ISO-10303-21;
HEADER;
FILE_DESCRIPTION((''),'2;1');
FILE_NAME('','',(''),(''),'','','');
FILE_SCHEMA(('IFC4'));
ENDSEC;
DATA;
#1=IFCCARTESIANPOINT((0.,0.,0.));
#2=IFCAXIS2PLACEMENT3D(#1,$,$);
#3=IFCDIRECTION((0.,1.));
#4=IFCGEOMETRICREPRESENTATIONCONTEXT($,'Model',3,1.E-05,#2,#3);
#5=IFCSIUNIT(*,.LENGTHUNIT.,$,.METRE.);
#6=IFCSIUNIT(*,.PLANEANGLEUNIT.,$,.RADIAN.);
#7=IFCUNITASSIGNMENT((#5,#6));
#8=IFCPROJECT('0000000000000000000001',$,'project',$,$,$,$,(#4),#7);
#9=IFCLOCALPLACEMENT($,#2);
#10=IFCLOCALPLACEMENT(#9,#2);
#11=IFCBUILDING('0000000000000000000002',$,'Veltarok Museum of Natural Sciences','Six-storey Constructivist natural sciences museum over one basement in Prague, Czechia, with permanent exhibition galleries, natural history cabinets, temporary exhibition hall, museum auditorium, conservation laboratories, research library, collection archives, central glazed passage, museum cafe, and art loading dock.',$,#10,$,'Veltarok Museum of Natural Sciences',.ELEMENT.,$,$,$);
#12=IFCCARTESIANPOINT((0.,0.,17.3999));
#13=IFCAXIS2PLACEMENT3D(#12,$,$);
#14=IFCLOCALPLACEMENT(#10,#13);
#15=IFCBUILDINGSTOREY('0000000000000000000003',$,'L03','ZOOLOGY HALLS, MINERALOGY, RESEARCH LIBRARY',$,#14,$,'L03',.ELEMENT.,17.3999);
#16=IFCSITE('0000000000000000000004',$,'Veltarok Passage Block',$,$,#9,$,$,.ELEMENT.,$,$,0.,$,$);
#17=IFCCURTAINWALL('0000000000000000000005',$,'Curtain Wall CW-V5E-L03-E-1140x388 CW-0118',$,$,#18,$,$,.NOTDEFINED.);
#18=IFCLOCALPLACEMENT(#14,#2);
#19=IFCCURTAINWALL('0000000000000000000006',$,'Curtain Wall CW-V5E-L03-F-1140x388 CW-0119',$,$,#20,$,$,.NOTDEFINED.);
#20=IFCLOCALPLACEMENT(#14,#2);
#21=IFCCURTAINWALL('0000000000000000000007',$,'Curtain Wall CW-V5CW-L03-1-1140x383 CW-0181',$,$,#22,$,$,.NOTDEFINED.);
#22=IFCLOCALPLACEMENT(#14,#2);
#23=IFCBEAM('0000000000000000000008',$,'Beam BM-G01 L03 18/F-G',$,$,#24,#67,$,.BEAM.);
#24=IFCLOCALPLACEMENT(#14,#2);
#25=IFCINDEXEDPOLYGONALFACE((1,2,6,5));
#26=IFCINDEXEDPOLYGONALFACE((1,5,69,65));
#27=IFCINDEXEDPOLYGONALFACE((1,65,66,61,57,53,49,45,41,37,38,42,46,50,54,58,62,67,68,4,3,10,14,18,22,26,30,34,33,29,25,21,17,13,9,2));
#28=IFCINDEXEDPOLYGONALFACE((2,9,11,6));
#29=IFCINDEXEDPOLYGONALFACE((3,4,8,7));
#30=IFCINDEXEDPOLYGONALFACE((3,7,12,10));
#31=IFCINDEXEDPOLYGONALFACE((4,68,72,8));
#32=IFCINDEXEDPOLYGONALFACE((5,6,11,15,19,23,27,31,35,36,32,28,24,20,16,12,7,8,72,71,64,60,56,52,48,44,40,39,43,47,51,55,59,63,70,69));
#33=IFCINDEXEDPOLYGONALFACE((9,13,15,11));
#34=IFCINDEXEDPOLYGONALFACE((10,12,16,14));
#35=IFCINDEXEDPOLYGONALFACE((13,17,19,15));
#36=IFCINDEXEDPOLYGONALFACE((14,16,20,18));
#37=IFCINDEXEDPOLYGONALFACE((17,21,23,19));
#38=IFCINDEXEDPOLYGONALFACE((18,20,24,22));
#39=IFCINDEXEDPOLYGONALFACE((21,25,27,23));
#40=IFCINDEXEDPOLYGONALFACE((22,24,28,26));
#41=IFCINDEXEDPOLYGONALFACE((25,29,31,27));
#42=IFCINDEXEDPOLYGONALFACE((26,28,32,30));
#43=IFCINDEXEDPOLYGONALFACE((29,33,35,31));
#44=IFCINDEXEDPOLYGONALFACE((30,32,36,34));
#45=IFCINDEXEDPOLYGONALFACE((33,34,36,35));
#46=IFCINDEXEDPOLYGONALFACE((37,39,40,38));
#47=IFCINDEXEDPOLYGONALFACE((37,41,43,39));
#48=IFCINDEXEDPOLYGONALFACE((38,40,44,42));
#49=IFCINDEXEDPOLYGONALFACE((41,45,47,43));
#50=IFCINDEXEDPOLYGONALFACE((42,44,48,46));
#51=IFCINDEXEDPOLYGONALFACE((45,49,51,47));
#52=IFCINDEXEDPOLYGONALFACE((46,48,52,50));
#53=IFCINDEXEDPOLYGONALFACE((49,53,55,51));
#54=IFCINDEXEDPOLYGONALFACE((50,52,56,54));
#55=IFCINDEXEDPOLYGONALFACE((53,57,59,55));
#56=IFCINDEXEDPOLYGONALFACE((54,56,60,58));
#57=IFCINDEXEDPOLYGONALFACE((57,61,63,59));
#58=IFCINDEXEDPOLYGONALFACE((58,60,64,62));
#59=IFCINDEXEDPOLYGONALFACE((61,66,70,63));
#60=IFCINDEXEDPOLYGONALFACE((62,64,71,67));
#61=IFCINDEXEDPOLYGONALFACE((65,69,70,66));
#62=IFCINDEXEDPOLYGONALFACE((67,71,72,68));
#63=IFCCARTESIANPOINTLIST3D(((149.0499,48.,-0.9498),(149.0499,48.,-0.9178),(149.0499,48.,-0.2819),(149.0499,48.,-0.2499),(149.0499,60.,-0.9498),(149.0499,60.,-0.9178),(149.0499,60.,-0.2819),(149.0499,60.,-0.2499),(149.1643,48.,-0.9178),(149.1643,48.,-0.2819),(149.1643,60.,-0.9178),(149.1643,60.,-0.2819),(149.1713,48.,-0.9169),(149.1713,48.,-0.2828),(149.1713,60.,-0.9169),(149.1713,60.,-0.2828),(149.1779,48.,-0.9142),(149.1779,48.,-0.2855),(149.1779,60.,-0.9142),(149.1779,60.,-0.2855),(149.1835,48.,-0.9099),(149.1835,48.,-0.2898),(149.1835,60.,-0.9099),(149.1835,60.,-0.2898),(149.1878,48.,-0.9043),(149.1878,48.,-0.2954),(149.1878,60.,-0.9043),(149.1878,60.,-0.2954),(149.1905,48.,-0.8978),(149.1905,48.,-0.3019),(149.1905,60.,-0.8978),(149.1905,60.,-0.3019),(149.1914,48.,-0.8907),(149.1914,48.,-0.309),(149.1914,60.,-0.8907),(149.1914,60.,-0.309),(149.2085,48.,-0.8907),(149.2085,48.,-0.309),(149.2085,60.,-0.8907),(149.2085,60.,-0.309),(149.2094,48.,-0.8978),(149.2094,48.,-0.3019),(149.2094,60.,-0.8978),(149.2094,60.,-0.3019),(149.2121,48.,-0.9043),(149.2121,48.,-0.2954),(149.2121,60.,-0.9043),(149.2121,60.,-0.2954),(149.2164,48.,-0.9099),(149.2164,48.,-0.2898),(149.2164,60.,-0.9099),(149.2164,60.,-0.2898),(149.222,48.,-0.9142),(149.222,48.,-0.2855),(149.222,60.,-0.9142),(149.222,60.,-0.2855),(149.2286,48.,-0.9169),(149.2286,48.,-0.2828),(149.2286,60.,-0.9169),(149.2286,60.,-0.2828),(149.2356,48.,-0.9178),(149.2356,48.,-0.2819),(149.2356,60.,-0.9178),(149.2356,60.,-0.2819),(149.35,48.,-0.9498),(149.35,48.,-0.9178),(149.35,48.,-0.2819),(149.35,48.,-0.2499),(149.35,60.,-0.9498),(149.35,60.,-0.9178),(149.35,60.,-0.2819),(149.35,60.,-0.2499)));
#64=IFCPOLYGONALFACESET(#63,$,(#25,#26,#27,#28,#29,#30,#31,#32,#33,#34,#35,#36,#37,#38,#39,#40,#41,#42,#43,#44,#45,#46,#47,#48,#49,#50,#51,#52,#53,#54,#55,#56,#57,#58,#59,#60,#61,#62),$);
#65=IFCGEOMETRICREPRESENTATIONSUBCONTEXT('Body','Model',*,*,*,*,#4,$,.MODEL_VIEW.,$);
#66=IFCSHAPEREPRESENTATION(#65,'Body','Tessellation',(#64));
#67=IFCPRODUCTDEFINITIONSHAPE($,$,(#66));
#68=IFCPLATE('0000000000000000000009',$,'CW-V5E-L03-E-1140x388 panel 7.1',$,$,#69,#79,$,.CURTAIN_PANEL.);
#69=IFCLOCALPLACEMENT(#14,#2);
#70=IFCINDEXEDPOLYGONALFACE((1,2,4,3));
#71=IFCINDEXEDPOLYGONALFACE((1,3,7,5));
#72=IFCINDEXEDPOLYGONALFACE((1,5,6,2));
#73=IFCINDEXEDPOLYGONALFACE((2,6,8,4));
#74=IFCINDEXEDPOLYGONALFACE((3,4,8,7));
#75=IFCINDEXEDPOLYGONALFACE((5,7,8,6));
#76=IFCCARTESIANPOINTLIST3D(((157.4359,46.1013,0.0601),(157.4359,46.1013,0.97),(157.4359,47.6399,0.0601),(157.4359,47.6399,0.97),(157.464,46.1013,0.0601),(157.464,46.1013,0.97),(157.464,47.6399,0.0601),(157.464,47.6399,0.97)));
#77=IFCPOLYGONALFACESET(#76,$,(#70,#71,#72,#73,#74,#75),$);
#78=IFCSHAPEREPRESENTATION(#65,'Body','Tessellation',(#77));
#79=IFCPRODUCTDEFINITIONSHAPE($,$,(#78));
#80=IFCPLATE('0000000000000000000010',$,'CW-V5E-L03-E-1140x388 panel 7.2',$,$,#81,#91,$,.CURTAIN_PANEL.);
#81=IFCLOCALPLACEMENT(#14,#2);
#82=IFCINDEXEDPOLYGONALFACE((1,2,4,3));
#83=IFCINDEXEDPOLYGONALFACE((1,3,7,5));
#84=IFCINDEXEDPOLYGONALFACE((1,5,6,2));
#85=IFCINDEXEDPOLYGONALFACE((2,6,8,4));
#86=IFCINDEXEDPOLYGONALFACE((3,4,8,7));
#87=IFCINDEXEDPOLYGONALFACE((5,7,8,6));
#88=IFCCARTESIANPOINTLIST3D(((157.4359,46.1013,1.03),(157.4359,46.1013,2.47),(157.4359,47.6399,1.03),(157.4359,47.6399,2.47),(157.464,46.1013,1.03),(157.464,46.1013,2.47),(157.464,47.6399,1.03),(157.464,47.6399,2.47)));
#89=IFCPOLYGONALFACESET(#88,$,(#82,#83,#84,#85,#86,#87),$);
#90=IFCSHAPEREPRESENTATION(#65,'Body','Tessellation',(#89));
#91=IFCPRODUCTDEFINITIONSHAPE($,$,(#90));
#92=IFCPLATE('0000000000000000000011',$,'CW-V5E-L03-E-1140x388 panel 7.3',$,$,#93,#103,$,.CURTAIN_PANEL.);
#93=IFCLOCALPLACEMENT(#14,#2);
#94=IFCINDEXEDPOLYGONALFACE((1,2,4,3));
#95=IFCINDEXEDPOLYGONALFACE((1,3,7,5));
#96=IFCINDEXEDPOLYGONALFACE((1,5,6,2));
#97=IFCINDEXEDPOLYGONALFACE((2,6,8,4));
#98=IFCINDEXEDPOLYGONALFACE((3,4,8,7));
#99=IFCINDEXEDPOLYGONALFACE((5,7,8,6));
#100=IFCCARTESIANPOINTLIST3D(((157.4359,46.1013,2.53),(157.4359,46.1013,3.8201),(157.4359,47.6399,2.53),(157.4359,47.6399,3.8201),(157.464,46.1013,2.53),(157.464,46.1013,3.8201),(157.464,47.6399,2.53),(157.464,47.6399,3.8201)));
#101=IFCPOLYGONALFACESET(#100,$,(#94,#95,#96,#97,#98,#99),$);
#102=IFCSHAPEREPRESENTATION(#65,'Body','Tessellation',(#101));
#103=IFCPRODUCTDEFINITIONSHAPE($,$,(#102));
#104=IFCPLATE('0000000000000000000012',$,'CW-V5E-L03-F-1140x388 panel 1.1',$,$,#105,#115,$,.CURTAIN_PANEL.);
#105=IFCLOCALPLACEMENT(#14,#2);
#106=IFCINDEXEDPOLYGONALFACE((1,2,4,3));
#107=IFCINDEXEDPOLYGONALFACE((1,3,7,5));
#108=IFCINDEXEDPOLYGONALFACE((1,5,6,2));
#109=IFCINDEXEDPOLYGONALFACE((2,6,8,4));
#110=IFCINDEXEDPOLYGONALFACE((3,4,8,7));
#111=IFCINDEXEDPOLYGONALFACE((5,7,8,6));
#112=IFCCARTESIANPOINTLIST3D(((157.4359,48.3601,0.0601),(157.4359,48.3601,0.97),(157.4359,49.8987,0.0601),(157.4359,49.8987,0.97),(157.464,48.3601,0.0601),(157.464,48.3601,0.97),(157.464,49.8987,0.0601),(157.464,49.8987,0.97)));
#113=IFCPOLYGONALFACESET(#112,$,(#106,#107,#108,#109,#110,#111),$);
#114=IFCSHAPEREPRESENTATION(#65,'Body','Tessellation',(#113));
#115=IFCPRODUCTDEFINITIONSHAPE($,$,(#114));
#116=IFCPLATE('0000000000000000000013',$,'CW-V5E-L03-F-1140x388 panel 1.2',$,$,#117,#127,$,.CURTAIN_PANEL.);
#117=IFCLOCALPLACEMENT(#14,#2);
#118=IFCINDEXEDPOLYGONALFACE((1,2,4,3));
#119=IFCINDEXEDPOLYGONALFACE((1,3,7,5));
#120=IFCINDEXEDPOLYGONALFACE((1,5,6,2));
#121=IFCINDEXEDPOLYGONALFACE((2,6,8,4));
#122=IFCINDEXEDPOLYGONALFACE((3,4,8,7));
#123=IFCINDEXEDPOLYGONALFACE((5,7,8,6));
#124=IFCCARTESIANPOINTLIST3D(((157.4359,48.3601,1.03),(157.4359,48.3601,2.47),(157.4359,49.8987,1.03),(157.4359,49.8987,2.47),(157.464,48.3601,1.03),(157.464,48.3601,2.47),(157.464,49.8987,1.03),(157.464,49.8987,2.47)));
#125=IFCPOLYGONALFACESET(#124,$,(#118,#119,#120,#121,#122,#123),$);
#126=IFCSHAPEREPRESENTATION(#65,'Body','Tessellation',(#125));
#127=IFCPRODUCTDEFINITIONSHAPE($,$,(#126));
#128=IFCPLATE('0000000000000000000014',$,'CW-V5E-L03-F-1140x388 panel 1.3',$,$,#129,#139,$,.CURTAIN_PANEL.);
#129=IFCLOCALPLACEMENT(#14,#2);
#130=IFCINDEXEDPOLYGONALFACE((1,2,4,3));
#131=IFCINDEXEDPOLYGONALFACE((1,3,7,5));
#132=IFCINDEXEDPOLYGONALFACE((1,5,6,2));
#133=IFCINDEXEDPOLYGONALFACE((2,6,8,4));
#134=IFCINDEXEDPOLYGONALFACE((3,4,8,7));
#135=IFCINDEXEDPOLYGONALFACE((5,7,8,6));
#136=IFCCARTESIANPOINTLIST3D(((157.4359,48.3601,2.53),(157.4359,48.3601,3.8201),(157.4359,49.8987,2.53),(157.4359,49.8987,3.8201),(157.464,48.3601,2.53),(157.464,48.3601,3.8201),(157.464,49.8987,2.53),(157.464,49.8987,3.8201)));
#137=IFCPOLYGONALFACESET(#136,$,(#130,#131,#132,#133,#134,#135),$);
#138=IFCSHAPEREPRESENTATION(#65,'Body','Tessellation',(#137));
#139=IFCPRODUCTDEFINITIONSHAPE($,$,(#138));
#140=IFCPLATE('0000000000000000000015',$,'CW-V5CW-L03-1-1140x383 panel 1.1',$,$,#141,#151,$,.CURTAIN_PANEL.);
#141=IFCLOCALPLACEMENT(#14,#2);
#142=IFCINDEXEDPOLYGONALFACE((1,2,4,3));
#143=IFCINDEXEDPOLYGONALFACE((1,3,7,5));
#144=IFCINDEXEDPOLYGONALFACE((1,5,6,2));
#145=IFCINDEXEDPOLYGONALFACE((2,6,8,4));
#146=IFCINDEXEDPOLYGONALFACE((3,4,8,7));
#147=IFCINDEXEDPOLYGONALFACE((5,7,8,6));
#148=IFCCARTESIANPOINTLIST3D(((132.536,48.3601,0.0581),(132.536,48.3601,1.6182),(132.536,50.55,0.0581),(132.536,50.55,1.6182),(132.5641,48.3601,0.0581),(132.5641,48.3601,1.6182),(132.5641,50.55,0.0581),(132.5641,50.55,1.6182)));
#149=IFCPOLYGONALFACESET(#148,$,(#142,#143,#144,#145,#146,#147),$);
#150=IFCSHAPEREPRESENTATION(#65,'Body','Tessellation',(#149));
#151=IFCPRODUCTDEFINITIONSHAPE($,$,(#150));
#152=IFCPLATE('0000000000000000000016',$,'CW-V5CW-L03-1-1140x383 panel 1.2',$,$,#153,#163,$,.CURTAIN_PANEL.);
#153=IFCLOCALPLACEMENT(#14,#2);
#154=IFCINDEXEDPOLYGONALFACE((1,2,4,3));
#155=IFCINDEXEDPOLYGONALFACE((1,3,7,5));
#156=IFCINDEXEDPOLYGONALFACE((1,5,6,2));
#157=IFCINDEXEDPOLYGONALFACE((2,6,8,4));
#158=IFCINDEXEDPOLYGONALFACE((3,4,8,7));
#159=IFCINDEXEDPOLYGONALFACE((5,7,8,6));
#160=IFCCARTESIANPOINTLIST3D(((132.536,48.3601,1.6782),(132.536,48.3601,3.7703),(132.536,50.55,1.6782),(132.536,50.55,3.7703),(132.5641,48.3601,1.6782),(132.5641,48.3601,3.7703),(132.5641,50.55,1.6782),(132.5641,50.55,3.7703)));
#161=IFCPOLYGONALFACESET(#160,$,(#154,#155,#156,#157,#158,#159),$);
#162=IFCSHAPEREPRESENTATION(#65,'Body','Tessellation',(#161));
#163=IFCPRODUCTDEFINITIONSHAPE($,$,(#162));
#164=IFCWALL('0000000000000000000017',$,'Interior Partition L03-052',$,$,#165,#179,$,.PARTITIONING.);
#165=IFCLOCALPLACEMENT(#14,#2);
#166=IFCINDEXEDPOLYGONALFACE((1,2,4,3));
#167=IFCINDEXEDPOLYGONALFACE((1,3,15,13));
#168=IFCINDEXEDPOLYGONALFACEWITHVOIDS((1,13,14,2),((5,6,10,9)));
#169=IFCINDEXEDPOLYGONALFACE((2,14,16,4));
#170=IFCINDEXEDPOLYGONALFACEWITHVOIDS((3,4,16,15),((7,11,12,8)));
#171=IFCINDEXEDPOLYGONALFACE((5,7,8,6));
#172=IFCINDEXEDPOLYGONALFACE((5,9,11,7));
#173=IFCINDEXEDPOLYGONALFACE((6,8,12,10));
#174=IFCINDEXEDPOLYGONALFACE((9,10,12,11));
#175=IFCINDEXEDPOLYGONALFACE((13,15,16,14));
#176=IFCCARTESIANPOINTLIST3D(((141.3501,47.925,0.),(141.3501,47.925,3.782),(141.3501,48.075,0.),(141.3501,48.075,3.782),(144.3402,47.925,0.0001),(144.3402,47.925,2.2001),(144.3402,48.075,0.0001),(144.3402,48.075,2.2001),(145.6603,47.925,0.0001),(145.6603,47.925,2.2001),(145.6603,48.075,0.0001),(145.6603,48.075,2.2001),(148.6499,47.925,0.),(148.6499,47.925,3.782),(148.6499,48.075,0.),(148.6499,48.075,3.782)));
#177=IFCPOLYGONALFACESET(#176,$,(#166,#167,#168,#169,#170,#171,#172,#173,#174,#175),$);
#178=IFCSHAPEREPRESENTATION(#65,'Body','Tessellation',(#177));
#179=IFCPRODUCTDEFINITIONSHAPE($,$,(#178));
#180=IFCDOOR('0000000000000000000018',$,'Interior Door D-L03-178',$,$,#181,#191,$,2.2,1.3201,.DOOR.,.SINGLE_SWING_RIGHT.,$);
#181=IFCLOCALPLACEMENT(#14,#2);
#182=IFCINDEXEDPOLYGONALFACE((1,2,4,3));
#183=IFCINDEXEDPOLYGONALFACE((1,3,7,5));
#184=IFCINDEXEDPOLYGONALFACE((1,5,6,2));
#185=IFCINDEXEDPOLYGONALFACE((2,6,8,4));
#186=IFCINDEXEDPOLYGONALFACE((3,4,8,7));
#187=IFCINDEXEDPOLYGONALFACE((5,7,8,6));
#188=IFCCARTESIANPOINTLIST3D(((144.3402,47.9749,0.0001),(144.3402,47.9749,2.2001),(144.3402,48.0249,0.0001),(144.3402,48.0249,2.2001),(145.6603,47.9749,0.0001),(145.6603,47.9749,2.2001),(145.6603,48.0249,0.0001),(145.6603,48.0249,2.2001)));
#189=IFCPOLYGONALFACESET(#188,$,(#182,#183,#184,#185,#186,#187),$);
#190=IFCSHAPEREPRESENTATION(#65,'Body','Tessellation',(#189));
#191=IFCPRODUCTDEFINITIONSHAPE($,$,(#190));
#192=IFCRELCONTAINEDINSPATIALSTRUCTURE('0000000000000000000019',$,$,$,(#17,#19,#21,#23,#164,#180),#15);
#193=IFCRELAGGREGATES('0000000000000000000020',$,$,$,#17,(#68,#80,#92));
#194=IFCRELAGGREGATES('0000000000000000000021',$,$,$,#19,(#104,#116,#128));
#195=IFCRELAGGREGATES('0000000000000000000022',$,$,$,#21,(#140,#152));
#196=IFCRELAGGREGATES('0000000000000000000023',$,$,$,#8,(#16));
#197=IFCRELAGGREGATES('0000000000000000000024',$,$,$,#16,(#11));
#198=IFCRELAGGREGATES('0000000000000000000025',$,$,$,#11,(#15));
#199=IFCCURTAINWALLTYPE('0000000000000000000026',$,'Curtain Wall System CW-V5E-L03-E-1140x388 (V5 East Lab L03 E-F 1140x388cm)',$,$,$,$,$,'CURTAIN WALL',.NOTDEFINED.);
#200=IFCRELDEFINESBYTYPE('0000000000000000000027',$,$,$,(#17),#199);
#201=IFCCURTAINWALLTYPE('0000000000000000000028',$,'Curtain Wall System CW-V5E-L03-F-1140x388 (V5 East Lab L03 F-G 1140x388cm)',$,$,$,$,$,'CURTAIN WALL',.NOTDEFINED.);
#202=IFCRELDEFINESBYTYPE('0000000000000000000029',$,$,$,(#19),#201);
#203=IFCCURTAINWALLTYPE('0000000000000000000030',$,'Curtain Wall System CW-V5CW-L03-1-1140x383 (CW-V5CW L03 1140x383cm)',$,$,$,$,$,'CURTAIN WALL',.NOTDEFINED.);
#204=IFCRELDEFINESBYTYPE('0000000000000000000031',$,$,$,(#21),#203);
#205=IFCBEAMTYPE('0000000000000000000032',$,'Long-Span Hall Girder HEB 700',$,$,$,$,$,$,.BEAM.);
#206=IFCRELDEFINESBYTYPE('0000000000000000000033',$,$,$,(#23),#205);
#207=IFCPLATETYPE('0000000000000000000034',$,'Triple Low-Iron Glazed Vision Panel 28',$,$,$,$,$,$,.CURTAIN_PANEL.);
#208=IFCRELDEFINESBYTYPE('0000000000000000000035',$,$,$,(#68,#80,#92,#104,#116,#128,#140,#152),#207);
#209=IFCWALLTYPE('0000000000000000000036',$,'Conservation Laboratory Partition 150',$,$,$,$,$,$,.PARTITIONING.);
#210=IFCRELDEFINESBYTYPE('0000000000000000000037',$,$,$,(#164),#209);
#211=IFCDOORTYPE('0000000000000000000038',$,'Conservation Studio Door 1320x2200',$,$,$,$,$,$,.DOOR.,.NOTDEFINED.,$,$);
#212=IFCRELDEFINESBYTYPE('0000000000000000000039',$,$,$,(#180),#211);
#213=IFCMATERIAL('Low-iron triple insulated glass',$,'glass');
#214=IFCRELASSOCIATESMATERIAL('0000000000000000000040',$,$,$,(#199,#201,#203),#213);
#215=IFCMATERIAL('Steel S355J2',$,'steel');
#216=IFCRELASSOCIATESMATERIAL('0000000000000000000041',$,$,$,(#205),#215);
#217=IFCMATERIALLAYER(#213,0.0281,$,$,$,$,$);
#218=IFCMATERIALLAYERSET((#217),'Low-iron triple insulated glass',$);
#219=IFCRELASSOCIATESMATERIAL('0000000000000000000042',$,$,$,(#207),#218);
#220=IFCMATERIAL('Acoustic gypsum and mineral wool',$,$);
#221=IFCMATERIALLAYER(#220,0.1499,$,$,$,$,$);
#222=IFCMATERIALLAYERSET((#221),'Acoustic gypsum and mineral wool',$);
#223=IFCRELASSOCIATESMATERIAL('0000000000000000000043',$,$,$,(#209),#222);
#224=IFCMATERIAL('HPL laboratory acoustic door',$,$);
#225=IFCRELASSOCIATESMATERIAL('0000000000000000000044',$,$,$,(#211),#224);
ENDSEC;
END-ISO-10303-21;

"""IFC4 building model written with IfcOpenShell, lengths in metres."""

from ifc_helpers import new_model, si_unit, direction, frame, frame_2d, origin, origin_2d, place, context, subcontext, project, spatial, rectangle, i_section, extrude, material, layer, layer_set, material_profile, profile_set, type_object, element, fill, aggregate, save


model = new_model("IFC4")

# Units and contexts
model_context = context("Model", 3, precision=1e-05, world=origin(), true_north=direction((0.0, 1.0)))
body_context = subcontext(model_context, "Body", "Model", "MODEL_VIEW")
ifc_project = project(units=[si_unit("LENGTHUNIT", "METRE"), si_unit("PLANEANGLEUNIT", "RADIAN")], contexts=[model_context])

# Site, building, storey
site_placement = place(None, origin())
site = spatial("IfcSite", under=ifc_project, at=site_placement, Name="Veltarok Passage Block", CompositionType="ELEMENT", RefElevation=0.0)
building_placement = place(site_placement, origin())
building = spatial("IfcBuilding", under=site, at=building_placement, Name="Veltarok Museum of Natural Sciences", Description="Six-storey Constructivist natural sciences museum over one basement in Prague, Czechia, with permanent exhibition galleries, natural history cabinets, temporary exhibition hall, museum auditorium, conservation laboratories, research library, collection archives, central glazed passage, museum cafe, and art loading dock.", LongName="Veltarok Museum of Natural Sciences", CompositionType="ELEMENT")
storey_placement = place(building_placement, frame((0.0, 0.0, 17.3999)))
storey = spatial("IfcBuildingStorey", under=building, at=storey_placement, Name="L03", Description="ZOOLOGY HALLS, MINERALOGY, RESEARCH LIBRARY", LongName="L03", CompositionType="ELEMENT", Elevation=17.3999)

# Curtain wall
ifc_material_1 = material(Name="Low-iron triple insulated glass", Category="glass")
curtain_wall_type_1 = type_object("IfcCurtainWallType", Name="Curtain Wall System CW-V5E-L03-E-1140x388 (V5 East Lab L03 E-F 1140x388cm)", ElementType="CURTAIN WALL", PredefinedType="NOTDEFINED", material=ifc_material_1)
curtain_wall_1_placement = place(storey_placement, origin())
curtain_wall_1 = element("IfcCurtainWall", 1, at=curtain_wall_1_placement, inside=storey, type_object=curtain_wall_type_1, Name="Curtain Wall CW-V5E-L03-E-1140x388 CW-0118", PredefinedType="NOTDEFINED")

# Curtain walls
curtain_wall_type_2 = type_object("IfcCurtainWallType", Name="Curtain Wall System CW-V5E-L03-F-1140x388 (V5 East Lab L03 F-G 1140x388cm)", ElementType="CURTAIN WALL", PredefinedType="NOTDEFINED", material=ifc_material_1)
curtain_wall_2_placement = place(storey_placement, origin())
curtain_wall_2 = element("IfcCurtainWall", 2, at=curtain_wall_2_placement, inside=storey, type_object=curtain_wall_type_2, Name="Curtain Wall CW-V5E-L03-F-1140x388 CW-0119", PredefinedType="NOTDEFINED")
curtain_wall_type_3 = type_object("IfcCurtainWallType", Name="Curtain Wall System CW-V5CW-L03-1-1140x383 (CW-V5CW L03 1140x383cm)", ElementType="CURTAIN WALL", PredefinedType="NOTDEFINED", material=ifc_material_1)
curtain_wall_3_placement = place(storey_placement, origin())
curtain_wall_3 = element("IfcCurtainWall", 3, at=curtain_wall_3_placement, inside=storey, type_object=curtain_wall_type_3, Name="Curtain Wall CW-V5CW-L03-1-1140x383 CW-0181", PredefinedType="NOTDEFINED")

# Beam
ifc_material_2 = material(Name="Steel S355J2", Category="steel")
ifc_material_profile_1 = material_profile(ifc_material_2, i_section(OverallWidth=0.3, OverallDepth=0.7, WebThickness=0.0171, FlangeThickness=0.032, FilletRadius=0.0271, at=origin_2d()), Name="HEB 700")
ifc_profile_set_1 = profile_set([ifc_material_profile_1], Name="Steel S355J2")
beam_type_1 = type_object("IfcBeamType", Name="Long-Span Hall Girder HEB 700", PredefinedType="BEAM", material=ifc_profile_set_1)
for number, where, z_axis, x_axis, name in (
    (4, (149.2, 48.0, -0.5999), (0.0, 1.0, 0.0), (-1.0, 0.0, 0.0), "Beam BM-G01 L03 18/F-G"),
):
    element("IfcBeam", number, at=place(storey_placement, frame(where, z_axis=z_axis, x_axis=x_axis)), inside=storey, type_object=beam_type_1, Name=name, PredefinedType="BEAM", context=body_context, shape_type="SweptSolid", body=[
        extrude(i_section(OverallWidth=0.3, OverallDepth=0.7, WebThickness=0.0171, FlangeThickness=0.032, FilletRadius=0.0271, at=origin_2d()), origin(), (0.0, 0.0, 1.0), 12.0),
    ])

# Plates
ifc_layer_1 = layer(ifc_material_1, 0.0281)
ifc_layer_set_1 = layer_set([ifc_layer_1], Name="Low-iron triple insulated glass")
plate_type = type_object("IfcPlateType", Name="Triple Low-Iron Glazed Vision Panel 28", PredefinedType="CURTAIN_PANEL", material=ifc_layer_set_1)
plate_1_placement = place(storey_placement, frame((157.45, 46.8706, 0.0601), z_axis=(0.0, 0.0, 1.0), x_axis=(0.0, 1.0, 0.0)))
plate_1 = element("IfcPlate", 5, at=plate_1_placement, type_object=plate_type, Name="CW-V5E-L03-E-1140x388 panel 7.1", PredefinedType="CURTAIN_PANEL", context=body_context, shape_type="SweptSolid", body=[
    extrude(rectangle(XDim=1.5386, YDim=0.0281, at=origin_2d()), origin(), (0.0, 0.0, 1.0), 0.9099),
])
plate_2_placement = place(storey_placement, frame((157.45, 46.8706, 1.03), z_axis=(0.0, 0.0, 1.0), x_axis=(0.0, 1.0, 0.0)))
plate_2 = element("IfcPlate", 6, at=plate_2_placement, type_object=plate_type, Name="CW-V5E-L03-E-1140x388 panel 7.2", PredefinedType="CURTAIN_PANEL", context=body_context, shape_type="SweptSolid", body=[
    extrude(rectangle(XDim=1.5386, YDim=0.0281, at=origin_2d()), origin(), (0.0, 0.0, 1.0), 1.4399),
])
plate_3_placement = place(storey_placement, frame((157.45, 46.8706, 2.53), z_axis=(0.0, 0.0, 1.0), x_axis=(0.0, 1.0, 0.0)))
plate_3 = element("IfcPlate", 7, at=plate_3_placement, type_object=plate_type, Name="CW-V5E-L03-E-1140x388 panel 7.3", PredefinedType="CURTAIN_PANEL", context=body_context, shape_type="SweptSolid", body=[
    extrude(rectangle(XDim=1.5386, YDim=0.0281, at=origin_2d()), origin(), (0.0, 0.0, 1.0), 1.29),
])
aggregate(curtain_wall_1, [plate_1, plate_2, plate_3])
plate_4_placement = place(storey_placement, frame((157.45, 49.1294, 0.0601), z_axis=(0.0, 0.0, 1.0), x_axis=(0.0, 1.0, 0.0)))
plate_4 = element("IfcPlate", 8, at=plate_4_placement, type_object=plate_type, Name="CW-V5E-L03-F-1140x388 panel 1.1", PredefinedType="CURTAIN_PANEL", context=body_context, shape_type="SweptSolid", body=[
    extrude(rectangle(XDim=1.5386, YDim=0.0281, at=origin_2d()), origin(), (0.0, 0.0, 1.0), 0.9099),
])
plate_5_placement = place(storey_placement, frame((157.45, 49.1294, 1.03), z_axis=(0.0, 0.0, 1.0), x_axis=(0.0, 1.0, 0.0)))
plate_5 = element("IfcPlate", 9, at=plate_5_placement, type_object=plate_type, Name="CW-V5E-L03-F-1140x388 panel 1.2", PredefinedType="CURTAIN_PANEL", context=body_context, shape_type="SweptSolid", body=[
    extrude(rectangle(XDim=1.5386, YDim=0.0281, at=origin_2d()), origin(), (0.0, 0.0, 1.0), 1.4399),
])
plate_6_placement = place(storey_placement, frame((157.45, 49.1294, 2.53), z_axis=(0.0, 0.0, 1.0), x_axis=(0.0, 1.0, 0.0)))
plate_6 = element("IfcPlate", 10, at=plate_6_placement, type_object=plate_type, Name="CW-V5E-L03-F-1140x388 panel 1.3", PredefinedType="CURTAIN_PANEL", context=body_context, shape_type="SweptSolid", body=[
    extrude(rectangle(XDim=1.5386, YDim=0.0281, at=origin_2d()), origin(), (0.0, 0.0, 1.0), 1.29),
])
aggregate(curtain_wall_2, [plate_4, plate_5, plate_6])
plate_7_placement = place(storey_placement, frame((132.55, 49.4551, 0.0581), z_axis=(0.0, 0.0, 1.0), x_axis=(0.0, 1.0, 0.0)))
plate_7 = element("IfcPlate", 11, at=plate_7_placement, type_object=plate_type, Name="CW-V5CW-L03-1-1140x383 panel 1.1", PredefinedType="CURTAIN_PANEL", context=body_context, shape_type="SweptSolid", body=[
    extrude(rectangle(XDim=2.1899, YDim=0.0281, at=origin_2d()), origin(), (0.0, 0.0, 1.0), 1.5601),
])
plate_8_placement = place(storey_placement, frame((132.55, 49.4551, 1.6782), z_axis=(0.0, 0.0, 1.0), x_axis=(0.0, 1.0, 0.0)))
plate_8 = element("IfcPlate", 12, at=plate_8_placement, type_object=plate_type, Name="CW-V5CW-L03-1-1140x383 panel 1.2", PredefinedType="CURTAIN_PANEL", context=body_context, shape_type="SweptSolid", body=[
    extrude(rectangle(XDim=2.1899, YDim=0.0281, at=origin_2d()), origin(), (0.0, 0.0, 1.0), 2.092),
])
aggregate(curtain_wall_3, [plate_7, plate_8])

# Wall, opening, door
ifc_material_3 = material(Name="Acoustic gypsum and mineral wool")
ifc_layer_2 = layer(ifc_material_3, 0.1499)
ifc_layer_set_2 = layer_set([ifc_layer_2], Name="Acoustic gypsum and mineral wool")
wall_type = type_object("IfcWallType", Name="Conservation Laboratory Partition 150", PredefinedType="PARTITIONING", material=ifc_layer_set_2)
wall_placement = place(storey_placement, frame((141.3501, 48.0, 0.0), z_axis=(0.0, 0.0, 1.0), x_axis=(1.0, 0.0, 0.0)))
wall = element("IfcWall", 13, at=wall_placement, inside=storey, type_object=wall_type, Name="Interior Partition L03-052", PredefinedType="PARTITIONING", context=body_context, shape_type="SweptSolid", body=[
    extrude(rectangle(XDim=7.2998, YDim=0.1499, at=frame_2d((3.6499, 0.0))), origin(), (0.0, 0.0, 1.0), 3.782),
])
opening_placement = place(wall_placement, frame((2.99, 0.0, 0.0)))
opening = element("IfcOpeningElement", 14, at=opening_placement, cuts=wall, PredefinedType="OPENING", context=body_context, shape_type="SweptSolid", body=[
    extrude(rectangle(XDim=1.3201, YDim=2.2, at=frame_2d((0.6602, 1.1001))), frame((0.0, 0.085, 0.0), z_axis=(0.0, -1.0, 0.0), x_axis=(1.0, 0.0, 0.0)), (0.0, 0.0, 1.0), 0.1699),
])
ifc_material_4 = material(Name="HPL laboratory acoustic door")
door_type = type_object("IfcDoorType", Name="Conservation Studio Door 1320x2200", OperationType="NOTDEFINED", PredefinedType="DOOR", material=ifc_material_4)
door_placement = place(opening_placement, origin())
door = element("IfcDoor", 15, at=door_placement, inside=storey, type_object=door_type, Name="Interior Door D-L03-178", OperationType="SINGLE_SWING_RIGHT", OverallHeight=2.2, OverallWidth=1.3201, PredefinedType="DOOR", context=body_context, shape_type="SweptSolid", body=[
    extrude(rectangle(XDim=1.3201, YDim=2.2, at=frame_2d((0.6602, 1.1001))), frame((0.0, 0.0249, 0.0), z_axis=(0.0, -1.0, 0.0), x_axis=(1.0, 0.0, 0.0)), (0.0, 0.0, 1.0), 0.05),
])
fill(opening, door)

save(model, "model.ifc")
